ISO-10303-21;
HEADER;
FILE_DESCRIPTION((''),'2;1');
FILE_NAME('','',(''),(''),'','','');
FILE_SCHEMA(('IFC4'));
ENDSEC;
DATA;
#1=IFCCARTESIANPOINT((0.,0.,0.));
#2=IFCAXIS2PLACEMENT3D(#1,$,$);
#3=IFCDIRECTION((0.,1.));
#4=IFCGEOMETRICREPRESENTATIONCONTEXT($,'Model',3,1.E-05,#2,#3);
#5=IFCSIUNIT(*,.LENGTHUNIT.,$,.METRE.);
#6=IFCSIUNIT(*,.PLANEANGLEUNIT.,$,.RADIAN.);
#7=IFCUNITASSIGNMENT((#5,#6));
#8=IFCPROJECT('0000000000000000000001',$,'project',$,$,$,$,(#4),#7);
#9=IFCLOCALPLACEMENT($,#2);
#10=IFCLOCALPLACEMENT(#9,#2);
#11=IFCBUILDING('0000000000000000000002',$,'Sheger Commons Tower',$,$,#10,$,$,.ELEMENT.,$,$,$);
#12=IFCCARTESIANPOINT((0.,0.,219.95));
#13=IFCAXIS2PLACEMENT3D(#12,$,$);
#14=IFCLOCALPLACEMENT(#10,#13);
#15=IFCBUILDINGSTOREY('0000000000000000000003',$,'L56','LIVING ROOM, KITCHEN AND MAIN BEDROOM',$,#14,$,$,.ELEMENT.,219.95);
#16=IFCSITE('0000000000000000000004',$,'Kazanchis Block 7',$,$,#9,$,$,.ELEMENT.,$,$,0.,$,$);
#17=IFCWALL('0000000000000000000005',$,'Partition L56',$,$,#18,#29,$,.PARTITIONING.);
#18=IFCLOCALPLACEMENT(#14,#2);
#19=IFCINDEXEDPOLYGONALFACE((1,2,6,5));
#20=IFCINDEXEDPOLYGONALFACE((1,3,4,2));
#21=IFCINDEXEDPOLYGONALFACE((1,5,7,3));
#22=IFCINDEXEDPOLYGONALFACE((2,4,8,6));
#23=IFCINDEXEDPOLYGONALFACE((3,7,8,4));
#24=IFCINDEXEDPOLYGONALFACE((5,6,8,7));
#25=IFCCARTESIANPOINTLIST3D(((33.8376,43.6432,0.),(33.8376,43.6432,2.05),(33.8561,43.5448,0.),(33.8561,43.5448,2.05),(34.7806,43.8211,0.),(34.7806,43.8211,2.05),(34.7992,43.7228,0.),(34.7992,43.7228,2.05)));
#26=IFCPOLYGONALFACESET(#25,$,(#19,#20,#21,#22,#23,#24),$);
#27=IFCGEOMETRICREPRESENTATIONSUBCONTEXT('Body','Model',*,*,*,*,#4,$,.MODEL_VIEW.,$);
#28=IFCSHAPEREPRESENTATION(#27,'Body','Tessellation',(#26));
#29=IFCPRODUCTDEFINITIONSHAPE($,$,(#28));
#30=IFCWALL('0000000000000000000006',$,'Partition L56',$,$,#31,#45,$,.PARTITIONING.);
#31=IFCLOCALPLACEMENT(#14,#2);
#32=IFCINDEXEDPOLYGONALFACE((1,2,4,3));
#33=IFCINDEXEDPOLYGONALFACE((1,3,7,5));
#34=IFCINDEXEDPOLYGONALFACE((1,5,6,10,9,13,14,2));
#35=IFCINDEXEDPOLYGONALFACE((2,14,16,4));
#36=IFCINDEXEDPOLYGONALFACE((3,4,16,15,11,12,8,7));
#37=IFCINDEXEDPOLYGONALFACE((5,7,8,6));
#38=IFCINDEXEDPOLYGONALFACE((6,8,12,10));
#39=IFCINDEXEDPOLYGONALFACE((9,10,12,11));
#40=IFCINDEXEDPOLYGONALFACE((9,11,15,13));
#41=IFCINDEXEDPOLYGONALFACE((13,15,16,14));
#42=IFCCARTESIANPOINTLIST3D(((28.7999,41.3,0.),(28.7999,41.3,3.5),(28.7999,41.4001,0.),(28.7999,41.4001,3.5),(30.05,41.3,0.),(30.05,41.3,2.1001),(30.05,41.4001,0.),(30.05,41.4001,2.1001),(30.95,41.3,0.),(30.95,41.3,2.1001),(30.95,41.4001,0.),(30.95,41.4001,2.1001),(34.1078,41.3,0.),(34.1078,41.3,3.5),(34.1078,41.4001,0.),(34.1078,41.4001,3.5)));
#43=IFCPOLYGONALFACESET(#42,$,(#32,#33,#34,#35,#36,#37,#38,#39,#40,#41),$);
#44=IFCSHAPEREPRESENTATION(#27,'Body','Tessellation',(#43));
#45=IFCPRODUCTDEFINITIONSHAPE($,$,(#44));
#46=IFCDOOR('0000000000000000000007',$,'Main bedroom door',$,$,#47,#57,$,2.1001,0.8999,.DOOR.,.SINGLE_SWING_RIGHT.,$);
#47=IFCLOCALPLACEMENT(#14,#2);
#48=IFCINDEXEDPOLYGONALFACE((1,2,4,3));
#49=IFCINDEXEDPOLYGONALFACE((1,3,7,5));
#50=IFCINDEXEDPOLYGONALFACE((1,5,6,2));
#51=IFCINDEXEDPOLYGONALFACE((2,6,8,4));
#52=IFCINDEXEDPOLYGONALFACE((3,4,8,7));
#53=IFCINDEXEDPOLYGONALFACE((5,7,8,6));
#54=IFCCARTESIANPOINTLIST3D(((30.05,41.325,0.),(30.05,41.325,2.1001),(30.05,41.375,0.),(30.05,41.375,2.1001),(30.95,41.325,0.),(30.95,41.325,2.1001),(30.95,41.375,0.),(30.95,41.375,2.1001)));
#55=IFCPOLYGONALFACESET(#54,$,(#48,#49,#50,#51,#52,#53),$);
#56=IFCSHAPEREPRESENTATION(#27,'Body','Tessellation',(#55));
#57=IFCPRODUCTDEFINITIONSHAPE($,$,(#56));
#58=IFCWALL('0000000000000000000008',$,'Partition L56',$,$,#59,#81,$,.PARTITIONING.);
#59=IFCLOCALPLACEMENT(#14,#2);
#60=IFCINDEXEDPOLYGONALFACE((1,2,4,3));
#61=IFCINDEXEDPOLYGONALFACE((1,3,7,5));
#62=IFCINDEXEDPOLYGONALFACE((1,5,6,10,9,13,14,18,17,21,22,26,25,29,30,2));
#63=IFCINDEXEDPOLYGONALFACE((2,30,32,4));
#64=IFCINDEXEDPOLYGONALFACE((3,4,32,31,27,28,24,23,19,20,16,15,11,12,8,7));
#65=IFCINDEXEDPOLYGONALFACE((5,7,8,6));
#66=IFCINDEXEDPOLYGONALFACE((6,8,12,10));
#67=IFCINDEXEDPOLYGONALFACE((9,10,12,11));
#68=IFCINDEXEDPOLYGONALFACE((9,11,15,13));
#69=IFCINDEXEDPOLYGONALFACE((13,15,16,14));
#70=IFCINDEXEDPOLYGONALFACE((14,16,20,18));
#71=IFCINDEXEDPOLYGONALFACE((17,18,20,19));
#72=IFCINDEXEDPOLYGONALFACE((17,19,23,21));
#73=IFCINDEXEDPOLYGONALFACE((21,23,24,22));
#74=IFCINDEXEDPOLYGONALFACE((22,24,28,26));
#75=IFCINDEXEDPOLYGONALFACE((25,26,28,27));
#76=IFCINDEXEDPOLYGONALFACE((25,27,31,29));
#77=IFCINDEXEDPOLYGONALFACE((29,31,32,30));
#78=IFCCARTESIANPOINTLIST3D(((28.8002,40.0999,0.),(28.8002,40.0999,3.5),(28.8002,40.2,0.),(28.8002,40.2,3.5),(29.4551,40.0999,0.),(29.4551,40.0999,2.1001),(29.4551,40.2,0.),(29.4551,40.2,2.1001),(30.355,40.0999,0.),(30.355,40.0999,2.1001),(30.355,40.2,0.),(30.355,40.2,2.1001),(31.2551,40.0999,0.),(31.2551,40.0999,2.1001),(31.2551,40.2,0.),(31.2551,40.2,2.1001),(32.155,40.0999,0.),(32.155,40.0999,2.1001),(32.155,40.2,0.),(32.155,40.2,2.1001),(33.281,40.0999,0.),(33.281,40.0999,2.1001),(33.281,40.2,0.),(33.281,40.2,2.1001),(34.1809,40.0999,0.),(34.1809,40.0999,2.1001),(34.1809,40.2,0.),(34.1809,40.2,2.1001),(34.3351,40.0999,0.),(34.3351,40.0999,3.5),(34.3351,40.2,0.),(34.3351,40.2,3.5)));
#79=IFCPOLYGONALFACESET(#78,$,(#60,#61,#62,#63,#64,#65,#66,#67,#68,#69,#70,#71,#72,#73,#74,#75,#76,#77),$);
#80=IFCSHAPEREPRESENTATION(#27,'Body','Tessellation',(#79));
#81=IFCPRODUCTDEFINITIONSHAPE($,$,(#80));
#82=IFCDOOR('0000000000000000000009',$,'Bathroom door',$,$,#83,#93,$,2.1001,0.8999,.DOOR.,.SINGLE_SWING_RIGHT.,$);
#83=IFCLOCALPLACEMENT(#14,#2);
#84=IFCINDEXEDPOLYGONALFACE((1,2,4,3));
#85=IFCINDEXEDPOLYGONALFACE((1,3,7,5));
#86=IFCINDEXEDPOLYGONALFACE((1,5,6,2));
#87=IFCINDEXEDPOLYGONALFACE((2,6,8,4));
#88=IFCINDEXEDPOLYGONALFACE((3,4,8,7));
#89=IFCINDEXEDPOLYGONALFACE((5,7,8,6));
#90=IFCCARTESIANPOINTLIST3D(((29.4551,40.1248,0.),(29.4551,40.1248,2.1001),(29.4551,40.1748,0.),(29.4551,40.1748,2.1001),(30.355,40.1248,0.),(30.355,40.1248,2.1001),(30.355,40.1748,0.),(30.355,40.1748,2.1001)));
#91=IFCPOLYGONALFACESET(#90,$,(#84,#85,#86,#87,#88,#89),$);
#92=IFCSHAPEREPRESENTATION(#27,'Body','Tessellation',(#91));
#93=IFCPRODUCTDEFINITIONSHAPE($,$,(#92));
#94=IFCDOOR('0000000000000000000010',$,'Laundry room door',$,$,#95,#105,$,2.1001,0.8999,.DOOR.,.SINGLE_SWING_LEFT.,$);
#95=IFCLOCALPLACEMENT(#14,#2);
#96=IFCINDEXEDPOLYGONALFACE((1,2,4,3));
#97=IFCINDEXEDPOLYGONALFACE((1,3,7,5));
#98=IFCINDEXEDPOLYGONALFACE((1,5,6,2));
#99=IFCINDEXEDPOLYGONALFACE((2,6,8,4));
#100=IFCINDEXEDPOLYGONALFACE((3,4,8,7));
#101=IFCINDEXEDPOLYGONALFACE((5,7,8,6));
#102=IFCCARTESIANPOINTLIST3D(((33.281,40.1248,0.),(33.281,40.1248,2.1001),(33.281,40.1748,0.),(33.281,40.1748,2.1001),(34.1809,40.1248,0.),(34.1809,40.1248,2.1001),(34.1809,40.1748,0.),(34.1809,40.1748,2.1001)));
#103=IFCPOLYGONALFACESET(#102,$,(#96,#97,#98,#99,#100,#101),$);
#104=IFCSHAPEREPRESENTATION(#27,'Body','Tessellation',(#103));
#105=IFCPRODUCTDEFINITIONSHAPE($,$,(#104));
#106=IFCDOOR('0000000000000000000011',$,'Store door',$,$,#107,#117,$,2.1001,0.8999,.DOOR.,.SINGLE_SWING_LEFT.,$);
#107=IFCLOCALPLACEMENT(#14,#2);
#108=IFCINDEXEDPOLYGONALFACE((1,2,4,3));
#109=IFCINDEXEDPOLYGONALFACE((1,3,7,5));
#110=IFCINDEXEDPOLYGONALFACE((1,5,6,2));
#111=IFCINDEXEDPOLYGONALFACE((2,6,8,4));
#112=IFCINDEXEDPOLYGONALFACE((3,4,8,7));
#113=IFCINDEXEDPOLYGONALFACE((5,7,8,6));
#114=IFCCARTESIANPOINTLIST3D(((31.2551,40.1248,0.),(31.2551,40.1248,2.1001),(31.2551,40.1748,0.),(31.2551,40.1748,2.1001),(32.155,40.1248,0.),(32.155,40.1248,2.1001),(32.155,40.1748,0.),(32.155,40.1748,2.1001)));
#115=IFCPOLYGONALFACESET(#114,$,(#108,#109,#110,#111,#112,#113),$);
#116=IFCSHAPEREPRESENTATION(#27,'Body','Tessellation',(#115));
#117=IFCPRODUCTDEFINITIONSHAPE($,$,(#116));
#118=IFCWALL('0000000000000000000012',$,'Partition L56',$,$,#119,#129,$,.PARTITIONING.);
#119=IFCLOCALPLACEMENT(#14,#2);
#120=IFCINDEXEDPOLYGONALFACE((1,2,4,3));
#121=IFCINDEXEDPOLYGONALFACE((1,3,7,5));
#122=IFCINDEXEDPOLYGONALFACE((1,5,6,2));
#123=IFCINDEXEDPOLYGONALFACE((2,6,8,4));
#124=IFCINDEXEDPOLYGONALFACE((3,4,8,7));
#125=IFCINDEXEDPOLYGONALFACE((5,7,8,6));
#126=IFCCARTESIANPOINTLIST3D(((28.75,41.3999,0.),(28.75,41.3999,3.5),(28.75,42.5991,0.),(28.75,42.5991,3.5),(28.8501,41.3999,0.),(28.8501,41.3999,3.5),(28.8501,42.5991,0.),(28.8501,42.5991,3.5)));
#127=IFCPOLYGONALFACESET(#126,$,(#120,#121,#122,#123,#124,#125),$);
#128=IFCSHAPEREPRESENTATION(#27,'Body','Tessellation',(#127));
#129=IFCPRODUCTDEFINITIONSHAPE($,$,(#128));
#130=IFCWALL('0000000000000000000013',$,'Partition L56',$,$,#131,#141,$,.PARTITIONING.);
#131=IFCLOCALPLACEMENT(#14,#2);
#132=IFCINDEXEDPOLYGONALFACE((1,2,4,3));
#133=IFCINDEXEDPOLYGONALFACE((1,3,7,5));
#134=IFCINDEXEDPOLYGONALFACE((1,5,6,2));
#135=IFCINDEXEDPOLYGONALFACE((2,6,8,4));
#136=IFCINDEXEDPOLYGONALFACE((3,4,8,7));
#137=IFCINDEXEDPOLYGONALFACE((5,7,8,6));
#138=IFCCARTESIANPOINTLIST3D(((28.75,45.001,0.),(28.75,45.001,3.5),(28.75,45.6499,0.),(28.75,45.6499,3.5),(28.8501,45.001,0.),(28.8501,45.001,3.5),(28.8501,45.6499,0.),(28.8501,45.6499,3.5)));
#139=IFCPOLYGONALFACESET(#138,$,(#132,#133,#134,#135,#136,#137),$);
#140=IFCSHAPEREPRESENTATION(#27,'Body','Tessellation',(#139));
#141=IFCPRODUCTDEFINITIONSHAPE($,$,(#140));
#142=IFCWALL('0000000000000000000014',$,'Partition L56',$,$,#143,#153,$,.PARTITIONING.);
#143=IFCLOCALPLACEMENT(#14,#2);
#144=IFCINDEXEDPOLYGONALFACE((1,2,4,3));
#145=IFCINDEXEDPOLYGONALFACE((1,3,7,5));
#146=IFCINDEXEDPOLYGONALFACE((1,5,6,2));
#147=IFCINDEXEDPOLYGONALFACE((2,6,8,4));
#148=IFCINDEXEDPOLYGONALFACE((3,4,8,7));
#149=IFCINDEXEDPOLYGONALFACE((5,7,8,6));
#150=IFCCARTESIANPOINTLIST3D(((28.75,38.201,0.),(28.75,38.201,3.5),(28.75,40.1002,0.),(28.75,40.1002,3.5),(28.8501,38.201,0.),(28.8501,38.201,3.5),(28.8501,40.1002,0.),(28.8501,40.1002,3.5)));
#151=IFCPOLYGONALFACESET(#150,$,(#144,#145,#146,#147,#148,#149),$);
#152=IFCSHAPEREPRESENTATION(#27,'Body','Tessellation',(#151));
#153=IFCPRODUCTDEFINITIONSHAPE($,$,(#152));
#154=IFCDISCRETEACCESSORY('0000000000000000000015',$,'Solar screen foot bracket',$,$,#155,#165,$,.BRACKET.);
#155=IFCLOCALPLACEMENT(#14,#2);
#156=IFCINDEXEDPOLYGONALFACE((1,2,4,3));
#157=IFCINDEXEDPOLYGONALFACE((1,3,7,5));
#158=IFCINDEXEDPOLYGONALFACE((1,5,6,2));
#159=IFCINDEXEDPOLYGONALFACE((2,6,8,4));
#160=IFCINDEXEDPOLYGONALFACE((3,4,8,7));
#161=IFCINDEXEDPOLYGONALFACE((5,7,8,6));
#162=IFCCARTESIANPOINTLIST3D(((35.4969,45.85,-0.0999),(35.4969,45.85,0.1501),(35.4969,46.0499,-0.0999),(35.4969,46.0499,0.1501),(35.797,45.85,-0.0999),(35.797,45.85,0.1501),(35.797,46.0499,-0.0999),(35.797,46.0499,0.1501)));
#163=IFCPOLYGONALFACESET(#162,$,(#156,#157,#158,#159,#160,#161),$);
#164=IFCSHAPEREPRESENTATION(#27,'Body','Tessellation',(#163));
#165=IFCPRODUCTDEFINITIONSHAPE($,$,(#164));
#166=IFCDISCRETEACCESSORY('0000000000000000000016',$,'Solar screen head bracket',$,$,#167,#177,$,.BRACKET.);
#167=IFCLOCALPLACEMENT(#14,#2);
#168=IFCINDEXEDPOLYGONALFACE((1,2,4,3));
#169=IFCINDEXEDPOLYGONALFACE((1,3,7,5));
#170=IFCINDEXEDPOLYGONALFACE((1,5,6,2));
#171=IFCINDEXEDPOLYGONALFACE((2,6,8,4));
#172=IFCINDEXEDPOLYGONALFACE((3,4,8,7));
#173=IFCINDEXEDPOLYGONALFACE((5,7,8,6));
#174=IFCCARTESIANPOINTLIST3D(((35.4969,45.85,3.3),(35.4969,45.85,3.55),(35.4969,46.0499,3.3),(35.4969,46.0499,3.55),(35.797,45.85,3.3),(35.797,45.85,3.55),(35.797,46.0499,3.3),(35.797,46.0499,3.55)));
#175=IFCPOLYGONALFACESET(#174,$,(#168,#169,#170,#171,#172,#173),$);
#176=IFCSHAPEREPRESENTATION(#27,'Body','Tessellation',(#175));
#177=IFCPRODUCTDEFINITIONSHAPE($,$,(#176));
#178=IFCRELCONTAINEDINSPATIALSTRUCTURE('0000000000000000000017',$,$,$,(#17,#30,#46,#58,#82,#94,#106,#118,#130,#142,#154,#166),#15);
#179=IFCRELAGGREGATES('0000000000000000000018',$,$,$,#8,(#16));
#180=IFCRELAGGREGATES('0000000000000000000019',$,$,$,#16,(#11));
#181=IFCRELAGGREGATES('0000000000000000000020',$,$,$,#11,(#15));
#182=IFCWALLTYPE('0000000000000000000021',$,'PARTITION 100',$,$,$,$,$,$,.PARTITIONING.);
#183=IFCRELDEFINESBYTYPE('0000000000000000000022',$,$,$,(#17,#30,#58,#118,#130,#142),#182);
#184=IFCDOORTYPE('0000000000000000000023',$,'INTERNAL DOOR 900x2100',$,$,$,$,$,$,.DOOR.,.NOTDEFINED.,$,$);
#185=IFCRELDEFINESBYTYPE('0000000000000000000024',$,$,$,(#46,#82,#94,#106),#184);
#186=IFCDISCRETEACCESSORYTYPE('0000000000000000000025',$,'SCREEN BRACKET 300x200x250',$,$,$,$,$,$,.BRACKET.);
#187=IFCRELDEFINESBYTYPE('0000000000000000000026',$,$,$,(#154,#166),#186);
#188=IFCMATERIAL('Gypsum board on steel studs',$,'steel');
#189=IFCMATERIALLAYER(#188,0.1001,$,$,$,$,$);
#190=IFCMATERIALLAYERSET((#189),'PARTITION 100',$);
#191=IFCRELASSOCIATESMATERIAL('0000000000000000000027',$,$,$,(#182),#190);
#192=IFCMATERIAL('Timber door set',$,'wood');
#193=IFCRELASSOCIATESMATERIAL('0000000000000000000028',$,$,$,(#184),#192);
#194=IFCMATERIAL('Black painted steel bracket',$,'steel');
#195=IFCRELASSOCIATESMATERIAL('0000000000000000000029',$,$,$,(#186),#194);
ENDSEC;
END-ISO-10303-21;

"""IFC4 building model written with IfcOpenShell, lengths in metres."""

from ifc_helpers import new_model, si_unit, direction, frame, frame_2d, origin, origin_2d, place, context, subcontext, project, spatial, rectangle, extrude, material, layer, layer_set, type_object, element, fill, save


model = new_model("IFC4")

# Units and contexts
model_context = context("Model", 3, precision=1e-05, world=origin(), true_north=direction((0.0, 1.0)))
body_context = subcontext(model_context, "Body", "Model", "MODEL_VIEW")
ifc_project = project(units=[si_unit("LENGTHUNIT", "METRE"), si_unit("PLANEANGLEUNIT", "RADIAN")], contexts=[model_context])

# Site, building, storey
site_placement = place(None, origin())
site = spatial("IfcSite", under=ifc_project, at=site_placement, Name="Kazanchis Block 7", CompositionType="ELEMENT", RefElevation=0.0)
building_placement = place(site_placement, origin())
building = spatial("IfcBuilding", under=site, at=building_placement, Name="Sheger Commons Tower", CompositionType="ELEMENT")
storey_placement = place(building_placement, frame((0.0, 0.0, 219.95)))
storey = spatial("IfcBuildingStorey", under=building, at=storey_placement, Name="L56", Description="LIVING ROOM, KITCHEN AND MAIN BEDROOM", CompositionType="ELEMENT", Elevation=219.95)

# Wall
ifc_material_1 = material(Name="Gypsum board on steel studs", Category="steel")
ifc_layer_1 = layer(ifc_material_1, 0.1001)
ifc_layer_set_1 = layer_set([ifc_layer_1], Name="PARTITION 100")
wall_type_1 = type_object("IfcWallType", Name="PARTITION 100", PredefinedType="PARTITIONING", material=ifc_layer_set_1)
wall_1_placement = place(storey_placement, frame((34.79, 43.772, 0.0), z_axis=(0.0, 0.0, 1.0), x_axis=(-0.982656, -0.18544, 0.0)))
element("IfcWall", 1, at=wall_1_placement, inside=storey, type_object=wall_type_1, Name="Partition L56", PredefinedType="PARTITIONING", context=body_context, shape_type="SweptSolid", body=[
    extrude(rectangle(XDim=0.9597, YDim=0.1001, at=frame_2d((0.48, 0.0))), origin(), (0.0, 0.0, 1.0), 2.05),
])

# Wall, opening, door
wall_2_placement = place(storey_placement, frame((28.8, 41.3501, 0.0), z_axis=(0.0, 0.0, 1.0), x_axis=(1.0, 0.0, 0.0)))
wall_2 = element("IfcWall", 2, at=wall_2_placement, inside=storey, type_object=wall_type_1, Name="Partition L56", PredefinedType="PARTITIONING", context=body_context, shape_type="SweptSolid", body=[
    extrude(rectangle(XDim=5.3079, YDim=0.1001, at=frame_2d((2.6538, 0.0))), origin(), (0.0, 0.0, 1.0), 3.5),
])
opening_1_placement = place(wall_2_placement, frame((1.25, 0.0, 0.0)))
opening_1 = element("IfcOpeningElement", 3, at=opening_1_placement, cuts=wall_2, PredefinedType="OPENING", context=body_context, shape_type="SweptSolid", body=[
    extrude(rectangle(XDim=0.8999, YDim=2.1001, at=frame_2d((0.45, 1.05))), frame((0.0, 0.0601, 0.0), z_axis=(0.0, -1.0, 0.0), x_axis=(1.0, 0.0, 0.0)), (0.0, 0.0, 1.0), 0.1201),
])
ifc_material_2 = material(Name="Timber door set", Category="wood")
door_type_1 = type_object("IfcDoorType", Name="INTERNAL DOOR 900x2100", OperationType="NOTDEFINED", PredefinedType="DOOR", material=ifc_material_2)
door_1_placement = place(opening_1_placement, origin())
door_1 = element("IfcDoor", 4, at=door_1_placement, inside=storey, type_object=door_type_1, Name="Main bedroom door", OperationType="SINGLE_SWING_RIGHT", OverallHeight=2.1001, OverallWidth=0.8999, PredefinedType="DOOR", context=body_context, shape_type="SweptSolid", body=[
    extrude(rectangle(XDim=0.8999, YDim=2.1001, at=frame_2d((0.45, 1.05))), frame((0.0, 0.0249, 0.0), z_axis=(0.0, -1.0, 0.0), x_axis=(1.0, 0.0, 0.0)), (0.0, 0.0, 1.0), 0.05),
])
fill(opening_1, door_1)

# Wall, openings, doors
wall_3_placement = place(storey_placement, frame((28.8, 40.1499, 0.0), z_axis=(0.0, 0.0, 1.0), x_axis=(1.0, 0.0, 0.0)))
wall_3 = element("IfcWall", 5, at=wall_3_placement, inside=storey, type_object=wall_type_1, Name="Partition L56", PredefinedType="PARTITIONING", context=body_context, shape_type="SweptSolid", body=[
    extrude(rectangle(XDim=5.5349, YDim=0.1001, at=frame_2d((2.7676, 0.0))), origin(), (0.0, 0.0, 1.0), 3.5),
])
opening_2_placement = place(wall_3_placement, frame((0.655, 0.0, 0.0)))
opening_2 = element("IfcOpeningElement", 6, at=opening_2_placement, cuts=wall_3, PredefinedType="OPENING", context=body_context, shape_type="SweptSolid", body=[
    extrude(rectangle(XDim=0.8999, YDim=2.1001, at=frame_2d((0.45, 1.05))), frame((0.0, 0.0601, 0.0), z_axis=(0.0, -1.0, 0.0), x_axis=(1.0, 0.0, 0.0)), (0.0, 0.0, 1.0), 0.1201),
])
opening_3_placement = place(wall_3_placement, frame((4.481, 0.0, 0.0)))
opening_3 = element("IfcOpeningElement", 7, at=opening_3_placement, cuts=wall_3, PredefinedType="OPENING", context=body_context, shape_type="SweptSolid", body=[
    extrude(rectangle(XDim=0.8999, YDim=2.1001, at=frame_2d((0.45, 1.05))), frame((0.0, 0.0601, 0.0), z_axis=(0.0, -1.0, 0.0), x_axis=(1.0, 0.0, 0.0)), (0.0, 0.0, 1.0), 0.1201),
])
opening_4_placement = place(wall_3_placement, frame((2.4551, 0.0, 0.0)))
opening_4 = element("IfcOpeningElement", 8, at=opening_4_placement, cuts=wall_3, PredefinedType="OPENING", context=body_context, shape_type="SweptSolid", body=[
    extrude(rectangle(XDim=0.8999, YDim=2.1001, at=frame_2d((0.45, 1.05))), frame((0.0, 0.0601, 0.0), z_axis=(0.0, -1.0, 0.0), x_axis=(1.0, 0.0, 0.0)), (0.0, 0.0, 1.0), 0.1201),
])
door_2_placement = place(opening_2_placement, origin())
door_2 = element("IfcDoor", 9, at=door_2_placement, inside=storey, type_object=door_type_1, Name="Bathroom door", OperationType="SINGLE_SWING_RIGHT", OverallHeight=2.1001, OverallWidth=0.8999, PredefinedType="DOOR", context=body_context, shape_type="SweptSolid", body=[
    extrude(rectangle(XDim=0.8999, YDim=2.1001, at=frame_2d((0.45, 1.05))), frame((0.0, 0.0249, 0.0), z_axis=(0.0, -1.0, 0.0), x_axis=(1.0, 0.0, 0.0)), (0.0, 0.0, 1.0), 0.05),
])
fill(opening_2, door_2)
door_3_placement = place(opening_3_placement, origin())
door_3 = element("IfcDoor", 10, at=door_3_placement, inside=storey, type_object=door_type_1, Name="Laundry room door", OperationType="SINGLE_SWING_LEFT", OverallHeight=2.1001, OverallWidth=0.8999, PredefinedType="DOOR", context=body_context, shape_type="SweptSolid", body=[
    extrude(rectangle(XDim=0.8999, YDim=2.1001, at=frame_2d((0.45, 1.05))), frame((0.0, 0.0249, 0.0), z_axis=(0.0, -1.0, 0.0), x_axis=(1.0, 0.0, 0.0)), (0.0, 0.0, 1.0), 0.05),
])
fill(opening_3, door_3)
door_4_placement = place(opening_4_placement, origin())
door_4 = element("IfcDoor", 11, at=door_4_placement, inside=storey, type_object=door_type_1, Name="Store door", OperationType="SINGLE_SWING_LEFT", OverallHeight=2.1001, OverallWidth=0.8999, PredefinedType="DOOR", context=body_context, shape_type="SweptSolid", body=[
    extrude(rectangle(XDim=0.8999, YDim=2.1001, at=frame_2d((0.45, 1.05))), frame((0.0, 0.0249, 0.0), z_axis=(0.0, -1.0, 0.0), x_axis=(1.0, 0.0, 0.0)), (0.0, 0.0, 1.0), 0.05),
])
fill(opening_4, door_4)

# Walls
wall_4_placement = place(storey_placement, frame((28.8, 41.3999, 0.0), z_axis=(0.0, 0.0, 1.0), x_axis=(0.0, 1.0, 0.0)))
element("IfcWall", 12, at=wall_4_placement, inside=storey, type_object=wall_type_1, Name="Partition L56", PredefinedType="PARTITIONING", context=body_context, shape_type="SweptSolid", body=[
    extrude(rectangle(XDim=1.1992, YDim=0.1001, at=frame_2d((0.5996, 0.0))), origin(), (0.0, 0.0, 1.0), 3.5),
])
wall_5_placement = place(storey_placement, frame((28.8, 45.001, 0.0), z_axis=(0.0, 0.0, 1.0), x_axis=(0.0, 1.0, 0.0)))
element("IfcWall", 13, at=wall_5_placement, inside=storey, type_object=wall_type_1, Name="Partition L56", PredefinedType="PARTITIONING", context=body_context, shape_type="SweptSolid", body=[
    extrude(rectangle(XDim=0.6489, YDim=0.1001, at=frame_2d((0.3245, 0.0))), origin(), (0.0, 0.0, 1.0), 3.5),
])
wall_6_placement = place(storey_placement, frame((28.8, 38.2009, 0.0), z_axis=(0.0, 0.0, 1.0), x_axis=(0.0, 1.0, 0.0)))
element("IfcWall", 14, at=wall_6_placement, inside=storey, type_object=wall_type_1, Name="Partition L56", PredefinedType="PARTITIONING", context=body_context, shape_type="SweptSolid", body=[
    extrude(rectangle(XDim=1.8992, YDim=0.1001, at=frame_2d((0.9497, 0.0))), origin(), (0.0, 0.0, 1.0), 3.5),
])

# Discrete accessories
ifc_material_3 = material(Name="Black painted steel bracket", Category="steel")
discrete_accessory_type = type_object("IfcDiscreteAccessoryType", Name="SCREEN BRACKET 300x200x250", PredefinedType="BRACKET", material=ifc_material_3)
for number, where, z_axis, x_axis, name in (
    (15, (35.647, 45.95, -0.0999), (0.0, 0.0, 1.0), (-1.0, 0.0, 0.0), "Solar screen foot bracket"),
    (16, (35.647, 45.95, 3.3), (0.0, 0.0, 1.0), (-1.0, 0.0, 0.0), "Solar screen head bracket"),
):
    element("IfcDiscreteAccessory", number, at=place(storey_placement, frame(where, z_axis=z_axis, x_axis=x_axis)), inside=storey, type_object=discrete_accessory_type, Name=name, PredefinedType="BRACKET", context=body_context, shape_type="SweptSolid", body=[
        extrude(rectangle(XDim=0.3, YDim=0.2, at=origin_2d()), origin(), (0.0, 0.0, 1.0), 0.25),
    ])

save(model, "model.ifc")
